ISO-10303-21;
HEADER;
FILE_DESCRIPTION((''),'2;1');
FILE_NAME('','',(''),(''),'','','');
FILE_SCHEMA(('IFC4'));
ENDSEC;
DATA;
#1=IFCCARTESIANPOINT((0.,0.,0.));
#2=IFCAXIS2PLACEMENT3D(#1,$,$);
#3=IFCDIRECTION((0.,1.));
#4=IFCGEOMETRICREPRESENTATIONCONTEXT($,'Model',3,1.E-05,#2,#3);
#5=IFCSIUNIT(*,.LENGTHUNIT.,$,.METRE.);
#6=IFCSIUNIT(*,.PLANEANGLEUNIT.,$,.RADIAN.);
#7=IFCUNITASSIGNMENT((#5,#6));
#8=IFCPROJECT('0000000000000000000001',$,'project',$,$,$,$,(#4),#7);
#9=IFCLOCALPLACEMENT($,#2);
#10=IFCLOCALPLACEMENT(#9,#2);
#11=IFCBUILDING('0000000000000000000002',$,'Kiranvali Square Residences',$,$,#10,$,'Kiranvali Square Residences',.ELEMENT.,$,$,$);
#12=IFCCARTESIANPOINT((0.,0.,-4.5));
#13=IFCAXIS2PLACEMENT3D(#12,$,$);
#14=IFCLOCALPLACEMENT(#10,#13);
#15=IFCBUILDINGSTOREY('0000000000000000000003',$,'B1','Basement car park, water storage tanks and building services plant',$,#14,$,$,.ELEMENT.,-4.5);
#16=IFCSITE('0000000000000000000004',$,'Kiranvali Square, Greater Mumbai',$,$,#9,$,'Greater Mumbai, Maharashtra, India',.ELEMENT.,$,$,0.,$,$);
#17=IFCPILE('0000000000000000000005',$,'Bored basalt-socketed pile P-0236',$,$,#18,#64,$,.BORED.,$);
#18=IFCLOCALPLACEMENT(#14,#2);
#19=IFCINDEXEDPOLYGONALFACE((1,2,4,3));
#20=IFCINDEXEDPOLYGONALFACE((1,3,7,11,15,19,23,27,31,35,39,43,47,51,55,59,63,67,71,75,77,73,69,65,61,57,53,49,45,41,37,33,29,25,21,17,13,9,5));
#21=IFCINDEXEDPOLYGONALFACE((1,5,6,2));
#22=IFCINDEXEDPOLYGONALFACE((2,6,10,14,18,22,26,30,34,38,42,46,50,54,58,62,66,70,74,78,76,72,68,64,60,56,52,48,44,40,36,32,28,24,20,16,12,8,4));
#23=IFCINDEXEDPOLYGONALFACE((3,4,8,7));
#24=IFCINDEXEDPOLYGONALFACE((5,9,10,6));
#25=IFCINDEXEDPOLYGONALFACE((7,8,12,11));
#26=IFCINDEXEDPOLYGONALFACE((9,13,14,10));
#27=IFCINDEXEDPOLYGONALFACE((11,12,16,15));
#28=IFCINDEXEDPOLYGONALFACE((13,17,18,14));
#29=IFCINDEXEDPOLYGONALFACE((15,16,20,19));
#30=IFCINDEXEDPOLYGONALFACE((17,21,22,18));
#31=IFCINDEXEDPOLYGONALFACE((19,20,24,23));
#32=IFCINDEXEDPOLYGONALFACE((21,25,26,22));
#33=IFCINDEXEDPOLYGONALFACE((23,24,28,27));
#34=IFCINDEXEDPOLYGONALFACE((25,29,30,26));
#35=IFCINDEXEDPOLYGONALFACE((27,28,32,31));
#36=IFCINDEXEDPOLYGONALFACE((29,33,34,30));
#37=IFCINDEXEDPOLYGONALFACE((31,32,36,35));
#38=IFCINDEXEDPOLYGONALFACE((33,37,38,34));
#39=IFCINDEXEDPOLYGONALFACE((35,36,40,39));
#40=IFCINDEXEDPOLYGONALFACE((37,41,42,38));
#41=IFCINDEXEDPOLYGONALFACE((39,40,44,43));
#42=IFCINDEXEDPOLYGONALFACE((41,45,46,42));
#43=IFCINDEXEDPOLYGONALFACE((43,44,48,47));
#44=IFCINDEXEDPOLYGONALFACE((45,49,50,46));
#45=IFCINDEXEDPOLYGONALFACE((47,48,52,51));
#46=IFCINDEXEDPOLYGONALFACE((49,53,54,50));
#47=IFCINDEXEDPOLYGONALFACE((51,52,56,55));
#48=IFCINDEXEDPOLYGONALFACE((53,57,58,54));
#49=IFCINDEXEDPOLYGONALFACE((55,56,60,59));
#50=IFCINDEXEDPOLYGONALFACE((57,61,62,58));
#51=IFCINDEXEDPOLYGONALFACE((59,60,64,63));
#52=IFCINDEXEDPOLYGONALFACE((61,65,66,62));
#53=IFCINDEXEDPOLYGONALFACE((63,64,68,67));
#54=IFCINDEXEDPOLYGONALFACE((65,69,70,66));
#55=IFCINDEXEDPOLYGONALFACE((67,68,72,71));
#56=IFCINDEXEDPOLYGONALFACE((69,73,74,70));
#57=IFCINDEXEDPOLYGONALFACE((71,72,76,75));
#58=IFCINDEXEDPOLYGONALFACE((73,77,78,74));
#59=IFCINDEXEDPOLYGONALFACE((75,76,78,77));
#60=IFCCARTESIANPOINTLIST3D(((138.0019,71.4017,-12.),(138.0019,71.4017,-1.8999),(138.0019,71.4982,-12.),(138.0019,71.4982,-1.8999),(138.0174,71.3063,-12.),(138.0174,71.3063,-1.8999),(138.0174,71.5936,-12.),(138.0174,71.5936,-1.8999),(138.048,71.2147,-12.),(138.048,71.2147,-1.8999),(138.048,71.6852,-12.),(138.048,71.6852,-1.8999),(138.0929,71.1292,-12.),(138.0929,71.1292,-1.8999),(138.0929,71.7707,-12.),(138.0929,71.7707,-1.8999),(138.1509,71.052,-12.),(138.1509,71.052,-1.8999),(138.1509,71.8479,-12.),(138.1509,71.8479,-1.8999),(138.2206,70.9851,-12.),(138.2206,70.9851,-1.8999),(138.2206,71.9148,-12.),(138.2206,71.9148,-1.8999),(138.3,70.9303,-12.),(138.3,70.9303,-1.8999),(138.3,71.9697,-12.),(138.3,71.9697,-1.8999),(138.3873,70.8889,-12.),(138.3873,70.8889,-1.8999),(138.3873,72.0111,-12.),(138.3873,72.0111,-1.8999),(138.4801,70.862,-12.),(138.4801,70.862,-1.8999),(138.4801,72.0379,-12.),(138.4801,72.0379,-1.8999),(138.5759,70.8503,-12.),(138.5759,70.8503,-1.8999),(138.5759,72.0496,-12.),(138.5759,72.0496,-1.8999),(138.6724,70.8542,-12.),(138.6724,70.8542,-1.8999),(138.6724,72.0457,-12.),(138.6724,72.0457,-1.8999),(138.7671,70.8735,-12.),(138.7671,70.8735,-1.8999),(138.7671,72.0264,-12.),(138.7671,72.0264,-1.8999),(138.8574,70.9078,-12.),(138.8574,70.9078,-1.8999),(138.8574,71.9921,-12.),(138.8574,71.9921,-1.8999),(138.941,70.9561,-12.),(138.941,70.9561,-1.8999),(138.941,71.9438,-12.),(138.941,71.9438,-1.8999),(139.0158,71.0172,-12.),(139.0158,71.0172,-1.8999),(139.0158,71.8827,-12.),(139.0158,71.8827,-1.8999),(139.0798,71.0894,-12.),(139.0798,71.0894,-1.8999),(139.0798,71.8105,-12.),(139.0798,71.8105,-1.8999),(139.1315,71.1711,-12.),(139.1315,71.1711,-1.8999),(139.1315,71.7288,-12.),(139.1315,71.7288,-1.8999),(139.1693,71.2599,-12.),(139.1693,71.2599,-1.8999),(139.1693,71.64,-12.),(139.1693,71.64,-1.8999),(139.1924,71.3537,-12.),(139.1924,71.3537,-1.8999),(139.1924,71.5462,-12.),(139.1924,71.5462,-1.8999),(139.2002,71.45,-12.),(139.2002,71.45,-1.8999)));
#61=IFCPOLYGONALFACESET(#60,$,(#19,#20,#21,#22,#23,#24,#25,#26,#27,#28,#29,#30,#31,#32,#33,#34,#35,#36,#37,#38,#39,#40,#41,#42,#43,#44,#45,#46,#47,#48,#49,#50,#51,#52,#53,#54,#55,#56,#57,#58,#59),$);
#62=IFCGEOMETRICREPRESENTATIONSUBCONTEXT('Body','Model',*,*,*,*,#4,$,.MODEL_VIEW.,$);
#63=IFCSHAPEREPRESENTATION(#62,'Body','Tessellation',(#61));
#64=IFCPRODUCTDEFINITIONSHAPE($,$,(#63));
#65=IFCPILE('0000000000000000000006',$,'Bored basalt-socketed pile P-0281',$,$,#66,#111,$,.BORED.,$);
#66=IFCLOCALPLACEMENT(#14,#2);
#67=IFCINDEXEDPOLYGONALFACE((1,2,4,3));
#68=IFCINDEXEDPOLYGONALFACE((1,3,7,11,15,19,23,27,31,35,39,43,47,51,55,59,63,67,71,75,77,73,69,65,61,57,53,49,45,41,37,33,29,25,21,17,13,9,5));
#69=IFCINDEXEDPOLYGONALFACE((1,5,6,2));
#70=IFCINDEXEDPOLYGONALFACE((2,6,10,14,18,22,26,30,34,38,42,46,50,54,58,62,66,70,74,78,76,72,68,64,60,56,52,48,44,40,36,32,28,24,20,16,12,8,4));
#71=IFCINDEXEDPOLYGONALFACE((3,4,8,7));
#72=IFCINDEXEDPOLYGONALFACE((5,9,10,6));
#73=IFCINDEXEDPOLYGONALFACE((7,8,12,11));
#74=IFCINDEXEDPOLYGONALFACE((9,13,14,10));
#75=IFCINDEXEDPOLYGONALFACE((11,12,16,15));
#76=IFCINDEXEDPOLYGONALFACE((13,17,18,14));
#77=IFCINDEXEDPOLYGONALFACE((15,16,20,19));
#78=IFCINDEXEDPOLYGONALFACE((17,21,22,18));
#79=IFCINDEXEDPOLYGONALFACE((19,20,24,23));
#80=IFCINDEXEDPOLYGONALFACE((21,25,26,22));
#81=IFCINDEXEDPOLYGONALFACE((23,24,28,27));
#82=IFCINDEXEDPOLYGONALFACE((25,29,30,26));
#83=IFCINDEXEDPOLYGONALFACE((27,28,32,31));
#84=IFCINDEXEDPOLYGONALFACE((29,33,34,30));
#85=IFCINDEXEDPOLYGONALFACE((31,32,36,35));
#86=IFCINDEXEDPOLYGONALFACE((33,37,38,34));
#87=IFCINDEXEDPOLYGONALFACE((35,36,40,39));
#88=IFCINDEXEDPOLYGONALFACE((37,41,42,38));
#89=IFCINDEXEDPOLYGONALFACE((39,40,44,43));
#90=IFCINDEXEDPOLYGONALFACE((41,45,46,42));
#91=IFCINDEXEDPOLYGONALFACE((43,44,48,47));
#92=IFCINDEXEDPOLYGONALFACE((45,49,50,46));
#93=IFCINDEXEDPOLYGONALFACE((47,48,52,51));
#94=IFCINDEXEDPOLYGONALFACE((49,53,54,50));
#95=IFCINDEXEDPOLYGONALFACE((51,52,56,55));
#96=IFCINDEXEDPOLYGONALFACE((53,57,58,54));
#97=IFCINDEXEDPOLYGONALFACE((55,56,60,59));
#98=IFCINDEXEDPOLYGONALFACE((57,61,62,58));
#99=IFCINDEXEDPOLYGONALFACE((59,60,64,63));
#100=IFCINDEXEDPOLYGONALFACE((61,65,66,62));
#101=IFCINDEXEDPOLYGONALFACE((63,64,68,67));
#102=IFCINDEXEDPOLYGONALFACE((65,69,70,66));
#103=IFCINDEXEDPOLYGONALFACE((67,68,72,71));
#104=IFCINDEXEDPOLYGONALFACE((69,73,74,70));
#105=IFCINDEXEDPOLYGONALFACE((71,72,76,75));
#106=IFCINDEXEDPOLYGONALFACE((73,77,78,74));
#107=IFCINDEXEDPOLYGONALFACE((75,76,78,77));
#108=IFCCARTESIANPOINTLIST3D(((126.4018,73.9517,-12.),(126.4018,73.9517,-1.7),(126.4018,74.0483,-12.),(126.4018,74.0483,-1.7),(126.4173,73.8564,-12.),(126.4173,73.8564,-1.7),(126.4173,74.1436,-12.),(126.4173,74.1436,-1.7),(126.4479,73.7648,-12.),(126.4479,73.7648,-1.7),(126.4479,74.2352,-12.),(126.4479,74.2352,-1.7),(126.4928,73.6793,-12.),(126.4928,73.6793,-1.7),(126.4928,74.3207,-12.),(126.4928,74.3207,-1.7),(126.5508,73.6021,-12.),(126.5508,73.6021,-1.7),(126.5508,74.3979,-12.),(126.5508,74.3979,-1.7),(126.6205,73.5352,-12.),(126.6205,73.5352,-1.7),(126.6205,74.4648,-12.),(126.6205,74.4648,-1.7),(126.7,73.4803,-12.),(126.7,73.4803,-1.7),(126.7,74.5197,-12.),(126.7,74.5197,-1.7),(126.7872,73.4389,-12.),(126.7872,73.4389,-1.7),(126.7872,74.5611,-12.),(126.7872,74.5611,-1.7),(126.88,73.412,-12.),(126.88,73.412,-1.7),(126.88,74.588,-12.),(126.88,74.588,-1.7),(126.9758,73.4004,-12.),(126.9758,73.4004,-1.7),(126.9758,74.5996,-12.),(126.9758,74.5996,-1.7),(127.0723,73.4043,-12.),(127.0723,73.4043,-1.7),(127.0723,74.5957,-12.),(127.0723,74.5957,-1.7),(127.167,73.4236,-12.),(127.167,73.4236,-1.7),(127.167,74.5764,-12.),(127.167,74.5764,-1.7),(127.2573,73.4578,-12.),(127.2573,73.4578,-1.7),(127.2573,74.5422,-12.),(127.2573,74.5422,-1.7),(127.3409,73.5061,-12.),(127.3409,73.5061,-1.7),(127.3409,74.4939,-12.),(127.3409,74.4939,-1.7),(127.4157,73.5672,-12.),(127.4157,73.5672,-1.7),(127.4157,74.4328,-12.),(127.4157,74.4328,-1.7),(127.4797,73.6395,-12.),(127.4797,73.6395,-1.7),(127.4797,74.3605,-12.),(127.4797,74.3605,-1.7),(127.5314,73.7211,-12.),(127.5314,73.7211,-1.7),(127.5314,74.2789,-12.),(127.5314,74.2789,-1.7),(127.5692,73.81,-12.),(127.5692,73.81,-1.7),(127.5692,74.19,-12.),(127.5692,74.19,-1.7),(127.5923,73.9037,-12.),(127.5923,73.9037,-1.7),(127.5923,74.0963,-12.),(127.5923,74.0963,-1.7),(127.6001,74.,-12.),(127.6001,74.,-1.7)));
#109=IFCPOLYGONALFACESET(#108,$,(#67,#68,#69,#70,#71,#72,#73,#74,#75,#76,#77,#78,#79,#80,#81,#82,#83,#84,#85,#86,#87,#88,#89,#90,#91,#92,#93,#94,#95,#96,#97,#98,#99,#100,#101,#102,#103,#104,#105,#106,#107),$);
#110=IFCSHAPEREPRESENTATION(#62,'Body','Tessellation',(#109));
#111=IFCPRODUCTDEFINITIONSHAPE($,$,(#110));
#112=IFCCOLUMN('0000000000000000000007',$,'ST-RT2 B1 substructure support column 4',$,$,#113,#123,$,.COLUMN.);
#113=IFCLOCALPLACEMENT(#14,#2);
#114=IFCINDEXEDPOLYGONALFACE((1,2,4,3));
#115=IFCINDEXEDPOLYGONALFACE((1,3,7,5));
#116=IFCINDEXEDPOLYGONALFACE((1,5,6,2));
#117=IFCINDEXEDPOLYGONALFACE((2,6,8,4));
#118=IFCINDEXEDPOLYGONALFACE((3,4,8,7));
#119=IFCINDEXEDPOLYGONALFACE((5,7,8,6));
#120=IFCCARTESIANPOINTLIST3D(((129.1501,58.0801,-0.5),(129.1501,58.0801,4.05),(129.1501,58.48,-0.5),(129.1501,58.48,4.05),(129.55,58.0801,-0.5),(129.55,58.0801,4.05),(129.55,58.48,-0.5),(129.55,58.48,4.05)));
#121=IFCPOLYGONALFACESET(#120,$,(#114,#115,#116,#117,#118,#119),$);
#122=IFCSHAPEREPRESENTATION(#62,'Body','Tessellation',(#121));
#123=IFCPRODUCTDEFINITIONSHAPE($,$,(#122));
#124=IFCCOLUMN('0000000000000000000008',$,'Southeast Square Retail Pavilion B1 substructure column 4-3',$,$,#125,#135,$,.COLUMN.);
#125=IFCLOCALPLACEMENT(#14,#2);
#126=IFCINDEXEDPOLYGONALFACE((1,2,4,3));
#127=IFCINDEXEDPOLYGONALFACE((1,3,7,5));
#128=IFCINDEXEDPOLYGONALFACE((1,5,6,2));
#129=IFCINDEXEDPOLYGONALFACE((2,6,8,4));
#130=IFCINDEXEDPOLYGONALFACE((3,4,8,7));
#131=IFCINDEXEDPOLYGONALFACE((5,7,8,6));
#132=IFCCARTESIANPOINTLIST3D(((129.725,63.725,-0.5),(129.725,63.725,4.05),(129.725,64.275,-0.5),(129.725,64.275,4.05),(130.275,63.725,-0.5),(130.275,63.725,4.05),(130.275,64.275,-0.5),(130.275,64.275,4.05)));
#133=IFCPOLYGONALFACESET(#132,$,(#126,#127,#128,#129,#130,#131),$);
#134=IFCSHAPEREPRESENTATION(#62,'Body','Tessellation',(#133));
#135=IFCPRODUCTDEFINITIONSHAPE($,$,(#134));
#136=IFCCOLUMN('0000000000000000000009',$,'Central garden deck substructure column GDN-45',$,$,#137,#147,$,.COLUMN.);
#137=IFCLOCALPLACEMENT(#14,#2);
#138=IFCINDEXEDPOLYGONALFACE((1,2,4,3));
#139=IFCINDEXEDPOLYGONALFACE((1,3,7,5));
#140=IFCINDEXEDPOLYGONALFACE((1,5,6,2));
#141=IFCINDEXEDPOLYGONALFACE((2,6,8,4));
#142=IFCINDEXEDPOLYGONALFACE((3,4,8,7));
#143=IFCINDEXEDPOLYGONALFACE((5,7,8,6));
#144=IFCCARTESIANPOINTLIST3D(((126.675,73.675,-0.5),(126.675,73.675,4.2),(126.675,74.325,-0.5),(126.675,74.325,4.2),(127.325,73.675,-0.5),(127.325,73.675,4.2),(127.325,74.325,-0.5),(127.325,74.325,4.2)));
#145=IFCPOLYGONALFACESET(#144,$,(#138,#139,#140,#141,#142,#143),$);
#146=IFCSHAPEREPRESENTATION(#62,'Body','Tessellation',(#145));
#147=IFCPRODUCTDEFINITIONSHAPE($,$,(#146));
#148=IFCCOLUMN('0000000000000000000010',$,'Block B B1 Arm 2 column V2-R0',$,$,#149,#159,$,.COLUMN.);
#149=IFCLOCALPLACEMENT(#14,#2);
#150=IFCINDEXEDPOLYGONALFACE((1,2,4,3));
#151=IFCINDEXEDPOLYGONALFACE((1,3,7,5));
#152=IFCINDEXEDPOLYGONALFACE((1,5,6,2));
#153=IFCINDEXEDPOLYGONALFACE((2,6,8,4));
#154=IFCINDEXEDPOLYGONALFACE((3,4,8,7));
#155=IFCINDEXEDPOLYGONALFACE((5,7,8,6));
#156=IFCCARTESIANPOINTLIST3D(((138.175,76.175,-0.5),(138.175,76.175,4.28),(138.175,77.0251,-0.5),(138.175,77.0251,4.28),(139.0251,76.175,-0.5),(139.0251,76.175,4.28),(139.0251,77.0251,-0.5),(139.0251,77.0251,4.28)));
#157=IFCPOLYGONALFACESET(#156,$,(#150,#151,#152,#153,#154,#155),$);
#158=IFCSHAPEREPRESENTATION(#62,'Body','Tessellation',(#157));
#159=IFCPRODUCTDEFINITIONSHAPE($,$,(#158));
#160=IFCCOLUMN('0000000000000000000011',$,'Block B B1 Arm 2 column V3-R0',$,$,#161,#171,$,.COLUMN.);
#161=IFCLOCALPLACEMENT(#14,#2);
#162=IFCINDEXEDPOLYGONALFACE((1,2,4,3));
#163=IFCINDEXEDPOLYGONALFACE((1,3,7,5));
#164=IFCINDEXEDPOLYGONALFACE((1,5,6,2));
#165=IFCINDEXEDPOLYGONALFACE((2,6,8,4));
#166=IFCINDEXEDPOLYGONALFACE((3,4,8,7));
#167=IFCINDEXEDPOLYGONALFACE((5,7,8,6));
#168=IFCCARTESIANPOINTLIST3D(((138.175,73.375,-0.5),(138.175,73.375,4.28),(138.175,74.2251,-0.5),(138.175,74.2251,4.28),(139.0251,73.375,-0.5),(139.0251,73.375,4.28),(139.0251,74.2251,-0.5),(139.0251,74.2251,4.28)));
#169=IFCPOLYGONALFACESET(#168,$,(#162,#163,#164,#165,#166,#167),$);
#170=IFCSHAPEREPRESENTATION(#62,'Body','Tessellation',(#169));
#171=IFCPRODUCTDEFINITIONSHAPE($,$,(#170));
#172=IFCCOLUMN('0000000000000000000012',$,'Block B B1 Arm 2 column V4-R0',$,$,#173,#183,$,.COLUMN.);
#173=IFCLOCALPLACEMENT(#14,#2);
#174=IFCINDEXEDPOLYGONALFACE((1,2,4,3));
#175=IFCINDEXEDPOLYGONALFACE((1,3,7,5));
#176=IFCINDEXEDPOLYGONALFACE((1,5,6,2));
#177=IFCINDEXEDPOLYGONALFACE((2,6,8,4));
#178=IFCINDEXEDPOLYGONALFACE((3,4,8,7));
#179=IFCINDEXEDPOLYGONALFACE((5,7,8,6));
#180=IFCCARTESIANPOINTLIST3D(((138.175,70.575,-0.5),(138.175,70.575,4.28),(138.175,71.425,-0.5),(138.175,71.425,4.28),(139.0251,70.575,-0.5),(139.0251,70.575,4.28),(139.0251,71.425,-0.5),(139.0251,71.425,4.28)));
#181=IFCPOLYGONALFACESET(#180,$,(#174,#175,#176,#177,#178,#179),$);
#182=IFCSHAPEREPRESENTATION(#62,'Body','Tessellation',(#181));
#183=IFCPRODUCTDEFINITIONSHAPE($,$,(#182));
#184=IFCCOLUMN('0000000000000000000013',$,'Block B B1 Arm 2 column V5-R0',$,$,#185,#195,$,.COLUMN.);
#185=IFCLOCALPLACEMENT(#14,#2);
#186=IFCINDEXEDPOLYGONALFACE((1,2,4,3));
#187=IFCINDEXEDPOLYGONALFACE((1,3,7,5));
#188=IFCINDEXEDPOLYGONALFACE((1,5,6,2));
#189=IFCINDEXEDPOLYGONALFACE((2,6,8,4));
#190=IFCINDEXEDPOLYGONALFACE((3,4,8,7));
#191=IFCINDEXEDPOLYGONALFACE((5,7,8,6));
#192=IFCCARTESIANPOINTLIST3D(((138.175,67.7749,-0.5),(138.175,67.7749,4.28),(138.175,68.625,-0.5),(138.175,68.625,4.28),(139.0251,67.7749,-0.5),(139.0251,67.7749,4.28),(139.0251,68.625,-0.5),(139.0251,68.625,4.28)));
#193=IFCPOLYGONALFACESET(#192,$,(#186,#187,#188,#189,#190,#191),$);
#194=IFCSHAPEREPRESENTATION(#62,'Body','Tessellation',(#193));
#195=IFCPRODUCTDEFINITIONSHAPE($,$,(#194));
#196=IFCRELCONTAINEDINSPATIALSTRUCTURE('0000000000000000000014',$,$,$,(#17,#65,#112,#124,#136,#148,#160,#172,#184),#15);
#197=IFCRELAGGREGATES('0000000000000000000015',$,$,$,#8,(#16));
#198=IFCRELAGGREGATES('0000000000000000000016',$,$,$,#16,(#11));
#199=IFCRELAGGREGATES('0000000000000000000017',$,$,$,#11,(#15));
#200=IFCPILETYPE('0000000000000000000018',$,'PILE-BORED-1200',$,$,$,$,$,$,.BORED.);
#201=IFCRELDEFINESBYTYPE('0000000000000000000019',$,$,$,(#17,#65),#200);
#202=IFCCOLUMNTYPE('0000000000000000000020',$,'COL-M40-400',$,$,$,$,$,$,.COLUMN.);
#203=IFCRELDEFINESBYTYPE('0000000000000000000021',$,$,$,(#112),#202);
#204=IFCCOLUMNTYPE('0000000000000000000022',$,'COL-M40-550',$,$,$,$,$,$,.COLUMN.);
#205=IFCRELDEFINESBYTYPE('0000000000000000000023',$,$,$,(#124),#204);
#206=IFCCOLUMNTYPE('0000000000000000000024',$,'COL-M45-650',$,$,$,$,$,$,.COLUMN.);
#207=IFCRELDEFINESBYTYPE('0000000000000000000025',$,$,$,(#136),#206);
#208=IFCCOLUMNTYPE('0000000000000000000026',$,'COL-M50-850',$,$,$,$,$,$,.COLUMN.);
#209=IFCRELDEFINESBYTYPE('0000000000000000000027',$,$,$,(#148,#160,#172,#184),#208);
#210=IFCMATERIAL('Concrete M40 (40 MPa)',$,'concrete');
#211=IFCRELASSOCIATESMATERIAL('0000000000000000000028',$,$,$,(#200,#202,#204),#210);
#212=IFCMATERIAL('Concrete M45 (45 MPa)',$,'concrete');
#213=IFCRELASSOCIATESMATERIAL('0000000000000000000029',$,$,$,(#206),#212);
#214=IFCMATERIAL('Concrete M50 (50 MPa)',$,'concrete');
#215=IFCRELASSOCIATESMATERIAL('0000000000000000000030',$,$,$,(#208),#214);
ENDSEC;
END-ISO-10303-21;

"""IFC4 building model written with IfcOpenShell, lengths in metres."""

from ifc_helpers import new_model, si_unit, direction, frame, origin, origin_2d, place, context, subcontext, project, spatial, rectangle, circle, extrude, material, material_profile, profile_set, type_object, element, save


model = new_model("IFC4")

# Units and contexts
model_context = context("Model", 3, precision=1e-05, world=origin(), true_north=direction((0.0, 1.0)))
body_context = subcontext(model_context, "Body", "Model", "MODEL_VIEW")
ifc_project = project(units=[si_unit("LENGTHUNIT", "METRE"), si_unit("PLANEANGLEUNIT", "RADIAN")], contexts=[model_context])

# Site, building, storey
site_placement = place(None, origin())
site = spatial("IfcSite", under=ifc_project, at=site_placement, Name="Kiranvali Square, Greater Mumbai", LongName="Greater Mumbai, Maharashtra, India", CompositionType="ELEMENT", RefElevation=0.0)
building_placement = place(site_placement, origin())
building = spatial("IfcBuilding", under=site, at=building_placement, Name="Kiranvali Square Residences", LongName="Kiranvali Square Residences", CompositionType="ELEMENT")
storey_placement = place(building_placement, frame((0.0, 0.0, -4.5)))
storey = spatial("IfcBuildingStorey", under=building, at=storey_placement, Name="B1", Description="Basement car park, water storage tanks and building services plant", CompositionType="ELEMENT", Elevation=-4.5)

# Shared definitions
ifc_material_1 = material(Name="Concrete M40 (40 MPa)", Category="concrete")

# Piles
ifc_material_profile_1 = material_profile(ifc_material_1, circle(Radius=0.6001, at=origin_2d()), Name="BORED PILE 1200")
ifc_profile_set_1 = profile_set([ifc_material_profile_1], Name="Concrete M40 (40 MPa)")
pile_type = type_object("IfcPileType", Name="PILE-BORED-1200", PredefinedType="BORED", material=ifc_profile_set_1)
for number, where, z_axis, x_axis, name in (
    (1, (138.6001, 71.45, -1.8999), (0.0, 0.0, -1.0), (1.0, 0.0, 0.0), "Bored basalt-socketed pile P-0236"),
):
    element("IfcPile", number, at=place(storey_placement, frame(where, z_axis=z_axis, x_axis=x_axis)), inside=storey, type_object=pile_type, Name=name, PredefinedType="BORED", context=body_context, shape_type="SweptSolid", body=[
        extrude(circle(Radius=0.6001, at=origin_2d()), origin(), (0.0, 0.0, 1.0), 10.1001),
    ])
pile_1_placement = place(storey_placement, frame((127.0, 74.0, -1.7), z_axis=(0.0, 0.0, -1.0), x_axis=(1.0, 0.0, 0.0)))
element("IfcPile", 2, at=pile_1_placement, inside=storey, type_object=pile_type, Name="Bored basalt-socketed pile P-0281", PredefinedType="BORED", context=body_context, shape_type="SweptSolid", body=[
    extrude(circle(Radius=0.6001, at=origin_2d()), origin(), (0.0, 0.0, 1.0), 10.3),
])

# Columns
ifc_material_profile_2 = material_profile(ifc_material_1, rectangle(XDim=0.3999, YDim=0.3999, at=origin_2d()), Name="RC 400x400")
ifc_profile_set_2 = profile_set([ifc_material_profile_2], Name="Concrete M40 (40 MPa)")
column_type_1 = type_object("IfcColumnType", Name="COL-M40-400", PredefinedType="COLUMN", material=ifc_profile_set_2)
column_1_placement = place(storey_placement, frame((129.3501, 58.28, -0.5), z_axis=(0.0, 0.0, 1.0), x_axis=(1.0, 0.0, 0.0)))
element("IfcColumn", 3, at=column_1_placement, inside=storey, type_object=column_type_1, Name="ST-RT2 B1 substructure support column 4", PredefinedType="COLUMN", context=body_context, shape_type="SweptSolid", body=[
    extrude(rectangle(XDim=0.3999, YDim=0.3999, at=origin_2d()), origin(), (0.0, 0.0, 1.0), 4.55),
])
ifc_material_profile_3 = material_profile(ifc_material_1, rectangle(XDim=0.55, YDim=0.55, at=origin_2d()), Name="RC 550x550")
ifc_profile_set_3 = profile_set([ifc_material_profile_3], Name="Concrete M40 (40 MPa)")
column_type_2 = type_object("IfcColumnType", Name="COL-M40-550", PredefinedType="COLUMN", material=ifc_profile_set_3)
column_2_placement = place(storey_placement, frame((130.0, 64.0, -0.5), z_axis=(0.0, 0.0, 1.0), x_axis=(1.0, 0.0, 0.0)))
element("IfcColumn", 4, at=column_2_placement, inside=storey, type_object=column_type_2, Name="Southeast Square Retail Pavilion B1 substructure column 4-3", PredefinedType="COLUMN", context=body_context, shape_type="SweptSolid", body=[
    extrude(rectangle(XDim=0.55, YDim=0.55, at=origin_2d()), origin(), (0.0, 0.0, 1.0), 4.55),
])
ifc_material_2 = material(Name="Concrete M45 (45 MPa)", Category="concrete")
ifc_material_profile_4 = material_profile(ifc_material_2, rectangle(XDim=0.6499, YDim=0.6499, at=origin_2d()), Name="RC 650x650")
ifc_profile_set_4 = profile_set([ifc_material_profile_4], Name="Concrete M45 (45 MPa)")
column_type_3 = type_object("IfcColumnType", Name="COL-M45-650", PredefinedType="COLUMN", material=ifc_profile_set_4)
column_3_placement = place(storey_placement, frame((127.0, 74.0, -0.5), z_axis=(0.0, 0.0, 1.0), x_axis=(1.0, 0.0, 0.0)))
element("IfcColumn", 5, at=column_3_placement, inside=storey, type_object=column_type_3, Name="Central garden deck substructure column GDN-45", PredefinedType="COLUMN", context=body_context, shape_type="SweptSolid", body=[
    extrude(rectangle(XDim=0.6499, YDim=0.6499, at=origin_2d()), origin(), (0.0, 0.0, 1.0), 4.7),
])
ifc_material_3 = material(Name="Concrete M50 (50 MPa)", Category="concrete")
ifc_material_profile_5 = material_profile(ifc_material_3, rectangle(XDim=0.8501, YDim=0.8501, at=origin_2d()), Name="RC 850x850")
ifc_profile_set_5 = profile_set([ifc_material_profile_5], Name="Concrete M50 (50 MPa)")
column_type_4 = type_object("IfcColumnType", Name="COL-M50-850", PredefinedType="COLUMN", material=ifc_profile_set_5)
for number, where, z_axis, x_axis, name in (
    (6, (138.6001, 76.6001, -0.5), (0.0, 0.0, 1.0), (1.0, 0.0, 0.0), "Block B B1 Arm 2 column V2-R0"),
    (7, (138.6001, 73.8, -0.5), (0.0, 0.0, 1.0), (1.0, 0.0, 0.0), "Block B B1 Arm 2 column V3-R0"),
    (8, (138.6001, 71.0, -0.5), (0.0, 0.0, 1.0), (1.0, 0.0, 0.0), "Block B B1 Arm 2 column V4-R0"),
    (9, (138.6001, 68.2, -0.5), (0.0, 0.0, 1.0), (1.0, 0.0, 0.0), "Block B B1 Arm 2 column V5-R0"),
):
    element("IfcColumn", number, at=place(storey_placement, frame(where, z_axis=z_axis, x_axis=x_axis)), inside=storey, type_object=column_type_4, Name=name, PredefinedType="COLUMN", context=body_context, shape_type="SweptSolid", body=[
        extrude(rectangle(XDim=0.8501, YDim=0.8501, at=origin_2d()), origin(), (0.0, 0.0, 1.0), 4.78),
    ])

save(model, "model.ifc")
